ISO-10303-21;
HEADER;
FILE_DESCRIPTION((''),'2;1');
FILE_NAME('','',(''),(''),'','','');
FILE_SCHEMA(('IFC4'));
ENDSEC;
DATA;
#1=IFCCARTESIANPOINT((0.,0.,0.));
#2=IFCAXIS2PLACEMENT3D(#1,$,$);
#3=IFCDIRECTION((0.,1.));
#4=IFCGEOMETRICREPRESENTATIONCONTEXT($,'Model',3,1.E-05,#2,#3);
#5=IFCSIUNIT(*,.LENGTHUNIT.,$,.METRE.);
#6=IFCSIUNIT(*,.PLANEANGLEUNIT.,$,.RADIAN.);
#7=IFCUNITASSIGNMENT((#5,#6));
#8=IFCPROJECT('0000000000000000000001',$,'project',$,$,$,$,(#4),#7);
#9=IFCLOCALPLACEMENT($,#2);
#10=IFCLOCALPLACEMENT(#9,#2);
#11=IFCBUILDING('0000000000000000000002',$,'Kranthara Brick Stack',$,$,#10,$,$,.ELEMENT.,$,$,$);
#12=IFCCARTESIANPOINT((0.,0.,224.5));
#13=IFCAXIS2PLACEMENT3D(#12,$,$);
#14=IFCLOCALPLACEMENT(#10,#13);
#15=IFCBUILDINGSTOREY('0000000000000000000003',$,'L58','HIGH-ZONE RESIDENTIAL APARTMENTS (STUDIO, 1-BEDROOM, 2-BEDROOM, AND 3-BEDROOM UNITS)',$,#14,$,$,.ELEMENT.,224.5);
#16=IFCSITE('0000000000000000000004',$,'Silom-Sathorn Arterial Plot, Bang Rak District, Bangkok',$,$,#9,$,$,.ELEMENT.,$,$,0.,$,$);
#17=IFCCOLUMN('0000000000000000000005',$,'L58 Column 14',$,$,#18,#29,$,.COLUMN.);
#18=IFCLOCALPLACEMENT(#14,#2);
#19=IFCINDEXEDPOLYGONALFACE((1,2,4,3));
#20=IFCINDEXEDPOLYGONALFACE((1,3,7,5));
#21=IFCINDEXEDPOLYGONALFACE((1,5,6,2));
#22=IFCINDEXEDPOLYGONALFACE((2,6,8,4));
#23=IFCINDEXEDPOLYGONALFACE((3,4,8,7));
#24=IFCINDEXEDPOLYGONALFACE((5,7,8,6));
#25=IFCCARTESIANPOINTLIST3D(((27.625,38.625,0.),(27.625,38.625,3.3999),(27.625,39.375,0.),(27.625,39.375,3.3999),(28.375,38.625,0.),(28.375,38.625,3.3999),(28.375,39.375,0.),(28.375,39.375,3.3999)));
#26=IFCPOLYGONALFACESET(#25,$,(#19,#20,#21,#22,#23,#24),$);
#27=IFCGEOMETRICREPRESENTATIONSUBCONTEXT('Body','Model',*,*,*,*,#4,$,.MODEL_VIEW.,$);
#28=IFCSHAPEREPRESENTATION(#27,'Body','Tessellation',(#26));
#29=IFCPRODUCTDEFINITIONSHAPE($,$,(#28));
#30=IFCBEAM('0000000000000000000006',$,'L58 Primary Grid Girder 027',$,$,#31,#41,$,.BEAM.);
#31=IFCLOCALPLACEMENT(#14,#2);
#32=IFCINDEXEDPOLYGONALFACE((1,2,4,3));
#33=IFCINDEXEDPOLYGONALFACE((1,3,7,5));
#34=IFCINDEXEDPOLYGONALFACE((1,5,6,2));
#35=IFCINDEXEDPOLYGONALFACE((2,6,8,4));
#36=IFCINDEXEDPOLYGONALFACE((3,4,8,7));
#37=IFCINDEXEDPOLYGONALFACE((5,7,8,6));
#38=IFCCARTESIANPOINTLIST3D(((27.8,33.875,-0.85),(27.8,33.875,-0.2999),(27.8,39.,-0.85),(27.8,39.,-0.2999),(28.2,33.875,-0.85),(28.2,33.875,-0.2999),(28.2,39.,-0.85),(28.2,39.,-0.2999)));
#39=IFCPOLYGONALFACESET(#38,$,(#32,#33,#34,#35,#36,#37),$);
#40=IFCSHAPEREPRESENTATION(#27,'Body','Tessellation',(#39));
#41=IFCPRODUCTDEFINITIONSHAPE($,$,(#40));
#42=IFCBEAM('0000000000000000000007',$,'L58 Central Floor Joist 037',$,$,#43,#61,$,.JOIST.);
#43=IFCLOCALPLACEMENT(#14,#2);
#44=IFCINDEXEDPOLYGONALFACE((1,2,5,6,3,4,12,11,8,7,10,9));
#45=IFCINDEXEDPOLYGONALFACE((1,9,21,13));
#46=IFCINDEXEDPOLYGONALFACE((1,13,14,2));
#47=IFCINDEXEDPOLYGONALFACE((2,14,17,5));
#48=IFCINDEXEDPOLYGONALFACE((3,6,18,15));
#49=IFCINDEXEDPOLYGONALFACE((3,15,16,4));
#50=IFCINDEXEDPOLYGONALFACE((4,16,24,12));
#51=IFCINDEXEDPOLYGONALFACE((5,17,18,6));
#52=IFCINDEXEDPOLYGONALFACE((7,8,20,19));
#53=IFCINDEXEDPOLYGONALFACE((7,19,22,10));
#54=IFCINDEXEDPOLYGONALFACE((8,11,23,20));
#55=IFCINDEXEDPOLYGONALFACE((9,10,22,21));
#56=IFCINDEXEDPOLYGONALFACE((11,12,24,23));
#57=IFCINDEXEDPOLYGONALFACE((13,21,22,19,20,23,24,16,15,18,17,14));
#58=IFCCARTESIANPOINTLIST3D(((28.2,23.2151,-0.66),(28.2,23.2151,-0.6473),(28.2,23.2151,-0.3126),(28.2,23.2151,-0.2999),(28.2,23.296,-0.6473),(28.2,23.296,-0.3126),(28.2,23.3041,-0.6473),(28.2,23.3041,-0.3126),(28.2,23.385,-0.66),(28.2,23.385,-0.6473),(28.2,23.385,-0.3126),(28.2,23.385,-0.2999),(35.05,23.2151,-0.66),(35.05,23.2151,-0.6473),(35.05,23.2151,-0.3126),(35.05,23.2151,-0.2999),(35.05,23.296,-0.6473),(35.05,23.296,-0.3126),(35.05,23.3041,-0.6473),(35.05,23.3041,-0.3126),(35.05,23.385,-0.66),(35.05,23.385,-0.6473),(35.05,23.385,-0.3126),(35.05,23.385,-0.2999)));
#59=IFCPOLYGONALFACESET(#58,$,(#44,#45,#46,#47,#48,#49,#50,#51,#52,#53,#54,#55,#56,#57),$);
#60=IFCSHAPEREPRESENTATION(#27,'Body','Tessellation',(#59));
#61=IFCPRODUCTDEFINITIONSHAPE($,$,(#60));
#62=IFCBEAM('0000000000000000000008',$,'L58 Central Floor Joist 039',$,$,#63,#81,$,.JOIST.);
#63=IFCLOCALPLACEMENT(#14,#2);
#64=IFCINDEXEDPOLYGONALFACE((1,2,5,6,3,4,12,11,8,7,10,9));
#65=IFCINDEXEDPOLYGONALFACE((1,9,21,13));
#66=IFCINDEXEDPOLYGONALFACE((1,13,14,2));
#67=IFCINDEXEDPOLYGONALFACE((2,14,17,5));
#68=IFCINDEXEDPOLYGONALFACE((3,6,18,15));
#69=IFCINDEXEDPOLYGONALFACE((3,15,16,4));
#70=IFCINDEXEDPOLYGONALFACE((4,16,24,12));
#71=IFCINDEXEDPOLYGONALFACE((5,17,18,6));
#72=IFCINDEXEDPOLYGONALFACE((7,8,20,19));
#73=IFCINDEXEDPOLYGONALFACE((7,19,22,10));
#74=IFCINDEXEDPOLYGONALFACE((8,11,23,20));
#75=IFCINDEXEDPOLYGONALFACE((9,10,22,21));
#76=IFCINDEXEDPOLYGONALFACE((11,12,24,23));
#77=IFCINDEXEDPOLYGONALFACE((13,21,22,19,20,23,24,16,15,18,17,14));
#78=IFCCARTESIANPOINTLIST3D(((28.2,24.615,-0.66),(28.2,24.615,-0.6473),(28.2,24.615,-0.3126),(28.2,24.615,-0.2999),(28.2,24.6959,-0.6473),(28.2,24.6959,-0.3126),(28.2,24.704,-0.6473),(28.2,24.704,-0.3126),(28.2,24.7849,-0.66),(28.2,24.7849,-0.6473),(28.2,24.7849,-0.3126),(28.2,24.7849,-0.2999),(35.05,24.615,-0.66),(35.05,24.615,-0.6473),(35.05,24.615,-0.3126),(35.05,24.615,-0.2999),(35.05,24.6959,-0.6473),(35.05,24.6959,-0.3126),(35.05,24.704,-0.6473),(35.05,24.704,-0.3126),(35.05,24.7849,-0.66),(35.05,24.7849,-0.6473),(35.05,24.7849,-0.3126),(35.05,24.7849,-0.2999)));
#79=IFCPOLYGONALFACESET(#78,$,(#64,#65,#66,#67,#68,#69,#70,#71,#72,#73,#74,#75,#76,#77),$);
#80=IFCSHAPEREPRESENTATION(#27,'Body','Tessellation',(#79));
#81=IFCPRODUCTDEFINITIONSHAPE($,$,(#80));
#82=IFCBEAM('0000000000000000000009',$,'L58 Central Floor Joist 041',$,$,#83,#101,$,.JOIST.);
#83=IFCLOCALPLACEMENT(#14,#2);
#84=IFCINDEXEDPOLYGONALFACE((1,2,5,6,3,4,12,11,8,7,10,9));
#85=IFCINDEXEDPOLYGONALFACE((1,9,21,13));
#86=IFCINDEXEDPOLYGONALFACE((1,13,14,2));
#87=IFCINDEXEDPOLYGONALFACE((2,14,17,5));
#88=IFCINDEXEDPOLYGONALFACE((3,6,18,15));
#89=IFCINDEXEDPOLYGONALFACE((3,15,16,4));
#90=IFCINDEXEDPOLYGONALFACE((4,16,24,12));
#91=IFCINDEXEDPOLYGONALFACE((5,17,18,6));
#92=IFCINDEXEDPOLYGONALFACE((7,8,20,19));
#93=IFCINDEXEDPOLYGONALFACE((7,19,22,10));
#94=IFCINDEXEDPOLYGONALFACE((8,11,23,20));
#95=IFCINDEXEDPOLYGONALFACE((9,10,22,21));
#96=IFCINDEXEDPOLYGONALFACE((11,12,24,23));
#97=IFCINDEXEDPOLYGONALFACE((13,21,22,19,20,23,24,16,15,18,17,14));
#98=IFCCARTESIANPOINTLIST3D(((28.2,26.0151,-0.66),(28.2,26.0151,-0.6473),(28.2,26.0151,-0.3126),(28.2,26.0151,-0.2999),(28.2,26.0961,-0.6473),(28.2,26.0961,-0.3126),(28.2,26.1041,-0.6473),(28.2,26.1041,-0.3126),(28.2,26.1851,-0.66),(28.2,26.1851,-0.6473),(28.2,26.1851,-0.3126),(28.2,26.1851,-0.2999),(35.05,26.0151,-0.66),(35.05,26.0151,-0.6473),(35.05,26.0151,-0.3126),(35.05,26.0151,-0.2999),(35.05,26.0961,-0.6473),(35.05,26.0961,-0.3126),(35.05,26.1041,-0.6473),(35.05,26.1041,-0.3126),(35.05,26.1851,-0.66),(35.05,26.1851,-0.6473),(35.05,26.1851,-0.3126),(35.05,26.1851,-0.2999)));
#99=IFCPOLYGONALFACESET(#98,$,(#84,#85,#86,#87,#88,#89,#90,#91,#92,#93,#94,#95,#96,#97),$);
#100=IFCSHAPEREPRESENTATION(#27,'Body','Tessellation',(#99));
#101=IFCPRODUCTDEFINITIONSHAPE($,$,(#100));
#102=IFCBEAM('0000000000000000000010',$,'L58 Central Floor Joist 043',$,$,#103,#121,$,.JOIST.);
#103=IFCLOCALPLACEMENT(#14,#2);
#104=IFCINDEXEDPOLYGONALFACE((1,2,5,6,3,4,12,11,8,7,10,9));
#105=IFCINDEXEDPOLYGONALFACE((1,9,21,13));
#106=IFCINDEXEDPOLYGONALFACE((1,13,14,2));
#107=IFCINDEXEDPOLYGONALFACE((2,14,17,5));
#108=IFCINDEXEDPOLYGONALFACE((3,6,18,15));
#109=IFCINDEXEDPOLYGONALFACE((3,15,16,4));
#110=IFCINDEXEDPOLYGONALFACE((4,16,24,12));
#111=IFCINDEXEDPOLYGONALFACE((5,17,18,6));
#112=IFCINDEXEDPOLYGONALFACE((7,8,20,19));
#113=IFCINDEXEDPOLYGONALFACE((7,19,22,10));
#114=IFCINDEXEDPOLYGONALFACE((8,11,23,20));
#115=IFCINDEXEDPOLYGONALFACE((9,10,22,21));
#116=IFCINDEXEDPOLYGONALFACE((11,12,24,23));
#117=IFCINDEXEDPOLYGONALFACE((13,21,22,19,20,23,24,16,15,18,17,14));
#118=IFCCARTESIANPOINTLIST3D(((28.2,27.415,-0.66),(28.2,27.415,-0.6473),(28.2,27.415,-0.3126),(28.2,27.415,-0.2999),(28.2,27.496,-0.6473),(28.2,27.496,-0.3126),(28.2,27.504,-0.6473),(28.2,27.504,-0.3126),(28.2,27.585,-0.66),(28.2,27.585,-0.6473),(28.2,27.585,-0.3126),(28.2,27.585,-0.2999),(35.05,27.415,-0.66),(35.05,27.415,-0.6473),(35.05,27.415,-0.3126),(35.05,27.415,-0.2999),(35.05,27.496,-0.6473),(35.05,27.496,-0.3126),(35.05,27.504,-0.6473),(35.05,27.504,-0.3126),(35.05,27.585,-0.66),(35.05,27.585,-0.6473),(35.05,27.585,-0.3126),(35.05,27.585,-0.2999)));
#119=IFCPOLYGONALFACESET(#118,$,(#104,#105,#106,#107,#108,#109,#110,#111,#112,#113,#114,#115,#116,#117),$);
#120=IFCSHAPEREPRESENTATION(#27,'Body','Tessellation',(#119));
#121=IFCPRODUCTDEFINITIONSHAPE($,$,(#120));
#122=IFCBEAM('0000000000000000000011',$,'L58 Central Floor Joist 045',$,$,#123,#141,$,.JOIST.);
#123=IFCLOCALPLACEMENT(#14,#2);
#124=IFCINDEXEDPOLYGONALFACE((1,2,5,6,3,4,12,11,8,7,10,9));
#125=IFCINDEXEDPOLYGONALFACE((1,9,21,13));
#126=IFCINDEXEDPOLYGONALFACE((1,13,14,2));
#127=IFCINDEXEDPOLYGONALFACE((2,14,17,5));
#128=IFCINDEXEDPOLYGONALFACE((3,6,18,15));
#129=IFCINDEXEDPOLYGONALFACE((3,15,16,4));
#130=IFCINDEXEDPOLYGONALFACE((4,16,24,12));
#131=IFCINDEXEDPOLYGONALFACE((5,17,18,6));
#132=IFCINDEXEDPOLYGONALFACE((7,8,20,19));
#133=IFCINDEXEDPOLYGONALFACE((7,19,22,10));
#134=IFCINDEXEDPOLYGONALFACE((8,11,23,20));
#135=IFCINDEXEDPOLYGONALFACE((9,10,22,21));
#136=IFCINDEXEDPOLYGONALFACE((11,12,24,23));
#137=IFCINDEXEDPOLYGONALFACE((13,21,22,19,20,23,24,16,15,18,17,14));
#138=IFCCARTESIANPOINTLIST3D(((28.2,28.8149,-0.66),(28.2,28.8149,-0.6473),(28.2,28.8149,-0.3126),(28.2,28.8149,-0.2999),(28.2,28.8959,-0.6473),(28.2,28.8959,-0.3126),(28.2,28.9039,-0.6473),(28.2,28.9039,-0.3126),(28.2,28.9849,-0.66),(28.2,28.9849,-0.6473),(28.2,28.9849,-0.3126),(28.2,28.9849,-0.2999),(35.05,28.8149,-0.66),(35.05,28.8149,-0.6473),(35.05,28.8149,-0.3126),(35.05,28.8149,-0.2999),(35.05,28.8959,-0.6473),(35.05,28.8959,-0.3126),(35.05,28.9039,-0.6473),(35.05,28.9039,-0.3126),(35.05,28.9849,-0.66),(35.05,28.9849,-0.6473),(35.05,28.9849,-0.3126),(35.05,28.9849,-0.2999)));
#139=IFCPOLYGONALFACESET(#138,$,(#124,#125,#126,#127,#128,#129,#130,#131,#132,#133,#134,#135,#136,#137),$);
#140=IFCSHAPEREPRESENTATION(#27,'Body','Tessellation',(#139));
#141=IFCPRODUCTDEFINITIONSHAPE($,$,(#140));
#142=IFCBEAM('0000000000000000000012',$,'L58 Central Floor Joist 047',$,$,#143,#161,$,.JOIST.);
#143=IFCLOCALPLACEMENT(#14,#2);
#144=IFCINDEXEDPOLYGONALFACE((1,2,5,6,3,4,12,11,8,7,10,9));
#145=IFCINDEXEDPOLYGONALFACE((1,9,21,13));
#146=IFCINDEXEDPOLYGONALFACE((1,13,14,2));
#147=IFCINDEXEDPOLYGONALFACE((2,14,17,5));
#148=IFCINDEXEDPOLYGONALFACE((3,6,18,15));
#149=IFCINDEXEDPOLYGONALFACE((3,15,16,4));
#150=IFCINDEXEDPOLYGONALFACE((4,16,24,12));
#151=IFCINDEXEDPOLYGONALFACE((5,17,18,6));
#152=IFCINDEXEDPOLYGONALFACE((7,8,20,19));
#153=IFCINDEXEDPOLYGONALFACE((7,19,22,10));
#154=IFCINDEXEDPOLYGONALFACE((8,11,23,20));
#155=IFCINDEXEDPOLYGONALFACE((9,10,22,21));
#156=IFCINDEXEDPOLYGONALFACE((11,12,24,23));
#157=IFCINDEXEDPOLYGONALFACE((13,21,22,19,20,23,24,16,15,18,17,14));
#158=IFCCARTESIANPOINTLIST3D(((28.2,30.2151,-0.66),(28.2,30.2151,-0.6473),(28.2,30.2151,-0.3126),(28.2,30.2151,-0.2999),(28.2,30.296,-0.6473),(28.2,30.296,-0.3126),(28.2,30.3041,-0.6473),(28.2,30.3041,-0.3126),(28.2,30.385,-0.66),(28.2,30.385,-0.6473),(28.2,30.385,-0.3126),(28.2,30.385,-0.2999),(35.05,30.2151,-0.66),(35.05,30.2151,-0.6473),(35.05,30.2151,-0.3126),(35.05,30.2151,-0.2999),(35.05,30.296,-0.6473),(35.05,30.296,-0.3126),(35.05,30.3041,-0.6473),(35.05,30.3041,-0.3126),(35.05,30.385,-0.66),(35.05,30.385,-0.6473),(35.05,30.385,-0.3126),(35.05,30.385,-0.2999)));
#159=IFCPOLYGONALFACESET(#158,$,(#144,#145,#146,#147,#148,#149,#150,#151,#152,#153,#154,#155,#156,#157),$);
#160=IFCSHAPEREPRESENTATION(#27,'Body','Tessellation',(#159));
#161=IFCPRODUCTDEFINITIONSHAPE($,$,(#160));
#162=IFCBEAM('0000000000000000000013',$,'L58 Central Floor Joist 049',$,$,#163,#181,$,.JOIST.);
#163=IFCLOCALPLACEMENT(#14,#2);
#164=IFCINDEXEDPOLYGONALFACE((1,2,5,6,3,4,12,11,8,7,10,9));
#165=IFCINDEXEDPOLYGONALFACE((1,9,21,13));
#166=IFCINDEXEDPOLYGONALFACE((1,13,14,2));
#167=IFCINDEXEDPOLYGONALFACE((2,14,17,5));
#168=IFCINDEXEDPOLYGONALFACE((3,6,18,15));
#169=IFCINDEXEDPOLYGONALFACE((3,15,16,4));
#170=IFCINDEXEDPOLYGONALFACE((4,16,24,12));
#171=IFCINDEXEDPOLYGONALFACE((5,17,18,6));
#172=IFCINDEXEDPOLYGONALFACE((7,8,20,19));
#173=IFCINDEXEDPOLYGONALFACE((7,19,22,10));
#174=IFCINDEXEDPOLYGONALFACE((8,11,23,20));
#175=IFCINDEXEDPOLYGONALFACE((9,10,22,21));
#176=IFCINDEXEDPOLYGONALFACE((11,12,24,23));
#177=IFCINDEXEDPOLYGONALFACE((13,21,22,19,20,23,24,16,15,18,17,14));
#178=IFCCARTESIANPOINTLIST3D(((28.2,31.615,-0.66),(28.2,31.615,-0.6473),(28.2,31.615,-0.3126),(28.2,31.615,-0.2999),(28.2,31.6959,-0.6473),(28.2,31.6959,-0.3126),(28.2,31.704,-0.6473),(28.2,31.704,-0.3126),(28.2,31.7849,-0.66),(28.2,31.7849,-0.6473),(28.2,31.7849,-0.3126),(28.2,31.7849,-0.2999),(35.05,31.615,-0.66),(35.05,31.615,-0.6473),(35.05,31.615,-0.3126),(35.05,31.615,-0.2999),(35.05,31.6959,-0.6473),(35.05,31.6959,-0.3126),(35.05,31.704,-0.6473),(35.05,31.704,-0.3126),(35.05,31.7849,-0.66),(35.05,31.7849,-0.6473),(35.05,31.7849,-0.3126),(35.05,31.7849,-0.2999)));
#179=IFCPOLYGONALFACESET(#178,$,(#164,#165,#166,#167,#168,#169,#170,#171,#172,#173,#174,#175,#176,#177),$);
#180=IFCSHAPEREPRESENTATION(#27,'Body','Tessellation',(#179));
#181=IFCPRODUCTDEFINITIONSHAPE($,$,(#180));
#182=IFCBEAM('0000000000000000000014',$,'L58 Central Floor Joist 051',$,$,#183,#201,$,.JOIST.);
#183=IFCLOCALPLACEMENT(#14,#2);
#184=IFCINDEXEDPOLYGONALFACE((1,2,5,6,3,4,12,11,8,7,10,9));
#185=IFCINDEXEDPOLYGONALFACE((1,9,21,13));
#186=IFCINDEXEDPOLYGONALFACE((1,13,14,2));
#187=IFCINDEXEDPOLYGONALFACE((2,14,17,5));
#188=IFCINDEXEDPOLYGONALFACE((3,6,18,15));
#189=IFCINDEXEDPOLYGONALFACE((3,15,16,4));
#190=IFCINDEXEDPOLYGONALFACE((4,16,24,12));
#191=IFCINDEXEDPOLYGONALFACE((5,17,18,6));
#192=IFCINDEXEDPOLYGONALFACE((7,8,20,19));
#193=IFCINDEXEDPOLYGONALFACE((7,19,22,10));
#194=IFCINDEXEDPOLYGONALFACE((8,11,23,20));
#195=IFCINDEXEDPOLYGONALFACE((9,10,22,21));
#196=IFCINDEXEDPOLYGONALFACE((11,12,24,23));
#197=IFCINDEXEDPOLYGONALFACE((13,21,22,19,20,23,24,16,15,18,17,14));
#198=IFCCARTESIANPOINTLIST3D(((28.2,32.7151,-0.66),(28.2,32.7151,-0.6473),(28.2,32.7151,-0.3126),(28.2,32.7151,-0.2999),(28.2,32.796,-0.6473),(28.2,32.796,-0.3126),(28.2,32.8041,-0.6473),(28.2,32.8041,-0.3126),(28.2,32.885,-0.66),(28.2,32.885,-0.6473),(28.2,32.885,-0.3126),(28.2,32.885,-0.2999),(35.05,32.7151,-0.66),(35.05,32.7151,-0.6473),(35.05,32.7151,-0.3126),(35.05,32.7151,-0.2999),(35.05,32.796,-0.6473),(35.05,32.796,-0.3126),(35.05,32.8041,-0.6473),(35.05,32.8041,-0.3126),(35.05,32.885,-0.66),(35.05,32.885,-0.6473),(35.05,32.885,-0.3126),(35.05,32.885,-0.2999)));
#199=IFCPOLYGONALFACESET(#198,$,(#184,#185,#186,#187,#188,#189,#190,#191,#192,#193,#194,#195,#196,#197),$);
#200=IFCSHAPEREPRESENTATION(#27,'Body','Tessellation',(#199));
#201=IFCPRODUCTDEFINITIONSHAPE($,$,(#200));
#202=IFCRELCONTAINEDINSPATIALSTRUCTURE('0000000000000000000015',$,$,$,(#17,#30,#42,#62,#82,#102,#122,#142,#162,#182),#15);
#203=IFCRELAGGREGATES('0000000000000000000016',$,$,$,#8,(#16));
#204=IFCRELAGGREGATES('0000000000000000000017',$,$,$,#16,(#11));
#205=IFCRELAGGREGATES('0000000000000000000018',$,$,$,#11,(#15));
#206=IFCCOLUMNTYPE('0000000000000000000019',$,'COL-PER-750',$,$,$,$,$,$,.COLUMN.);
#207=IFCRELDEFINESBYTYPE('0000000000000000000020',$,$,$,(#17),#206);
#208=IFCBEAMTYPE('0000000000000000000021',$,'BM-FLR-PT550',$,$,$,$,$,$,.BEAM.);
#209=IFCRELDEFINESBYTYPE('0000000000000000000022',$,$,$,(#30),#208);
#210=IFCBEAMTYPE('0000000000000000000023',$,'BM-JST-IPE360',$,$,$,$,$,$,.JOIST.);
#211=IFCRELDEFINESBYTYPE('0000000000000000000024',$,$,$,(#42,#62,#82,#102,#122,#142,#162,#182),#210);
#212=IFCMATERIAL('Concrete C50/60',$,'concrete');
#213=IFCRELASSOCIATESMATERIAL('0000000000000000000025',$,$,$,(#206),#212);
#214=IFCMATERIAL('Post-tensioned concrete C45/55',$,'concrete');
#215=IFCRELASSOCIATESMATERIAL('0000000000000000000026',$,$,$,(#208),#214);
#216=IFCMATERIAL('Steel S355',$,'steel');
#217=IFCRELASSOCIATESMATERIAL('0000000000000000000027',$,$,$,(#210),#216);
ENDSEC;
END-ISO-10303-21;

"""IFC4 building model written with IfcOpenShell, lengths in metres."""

from ifc_helpers import new_model, si_unit, direction, frame, origin, origin_2d, place, context, subcontext, project, spatial, rectangle, i_section, extrude, material, material_profile, profile_set, type_object, element, save


model = new_model("IFC4")

# Units and contexts
model_context = context("Model", 3, precision=1e-05, world=origin(), true_north=direction((0.0, 1.0)))
body_context = subcontext(model_context, "Body", "Model", "MODEL_VIEW")
ifc_project = project(units=[si_unit("LENGTHUNIT", "METRE"), si_unit("PLANEANGLEUNIT", "RADIAN")], contexts=[model_context])

# Site, building, storey
site_placement = place(None, origin())
site = spatial("IfcSite", under=ifc_project, at=site_placement, Name="Silom-Sathorn Arterial Plot, Bang Rak District, Bangkok", CompositionType="ELEMENT", RefElevation=0.0)
building_placement = place(site_placement, origin())
building = spatial("IfcBuilding", under=site, at=building_placement, Name="Kranthara Brick Stack", CompositionType="ELEMENT")
storey_placement = place(building_placement, frame((0.0, 0.0, 224.5)))
storey = spatial("IfcBuildingStorey", under=building, at=storey_placement, Name="L58", Description="HIGH-ZONE RESIDENTIAL APARTMENTS (STUDIO, 1-BEDROOM, 2-BEDROOM, AND 3-BEDROOM UNITS)", CompositionType="ELEMENT", Elevation=224.5)

# Column
ifc_material_1 = material(Name="Concrete C50/60", Category="concrete")
ifc_material_profile_1 = material_profile(ifc_material_1, rectangle(XDim=0.75, YDim=0.75, at=origin_2d()), Name="RC 750x750")
ifc_profile_set_1 = profile_set([ifc_material_profile_1], Name="Concrete C50/60")
column_type = type_object("IfcColumnType", Name="COL-PER-750", PredefinedType="COLUMN", material=ifc_profile_set_1)
column_placement = place(storey_placement, frame((28.0, 39.0, 0.0), z_axis=(0.0, 0.0, 1.0), x_axis=(1.0, 0.0, 0.0)))
element("IfcColumn", 1, at=column_placement, inside=storey, type_object=column_type, Name="L58 Column 14", PredefinedType="COLUMN", context=body_context, shape_type="SweptSolid", body=[
    extrude(rectangle(XDim=0.75, YDim=0.75, at=origin_2d()), origin(), (0.0, 0.0, 1.0), 3.3999),
])

# Beams
ifc_material_2 = material(Name="Post-tensioned concrete C45/55", Category="concrete")
ifc_material_profile_2 = material_profile(ifc_material_2, rectangle(XDim=0.3999, YDim=0.55, at=origin_2d()), Name="PT 400x550")
ifc_profile_set_2 = profile_set([ifc_material_profile_2], Name="Post-tensioned concrete C45/55")
beam_type_1 = type_object("IfcBeamType", Name="BM-FLR-PT550", PredefinedType="BEAM", material=ifc_profile_set_2)
beam_1_placement = place(storey_placement, frame((28.0, 33.875, -0.575), z_axis=(0.0, 1.0, 0.0), x_axis=(-1.0, 0.0, 0.0)))
element("IfcBeam", 2, at=beam_1_placement, inside=storey, type_object=beam_type_1, Name="L58 Primary Grid Girder 027", PredefinedType="BEAM", context=body_context, shape_type="SweptSolid", body=[
    extrude(rectangle(XDim=0.3999, YDim=0.55, at=origin_2d()), origin(), (0.0, 0.0, 1.0), 5.125),
])
ifc_material_3 = material(Name="Steel S355", Category="steel")
ifc_material_profile_3 = material_profile(ifc_material_3, i_section(OverallWidth=0.1699, OverallDepth=0.3601, WebThickness=0.0081, FlangeThickness=0.0127, at=origin_2d()), Name="IPE 360")
ifc_profile_set_3 = profile_set([ifc_material_profile_3], Name="Steel S355")
beam_type_2 = type_object("IfcBeamType", Name="BM-JST-IPE360", PredefinedType="JOIST", material=ifc_profile_set_3)
for number, where, z_axis, x_axis, name in (
    (3, (28.2, 23.3, -0.48), (1.0, 0.0, 0.0), (0.0, 1.0, 0.0), "L58 Central Floor Joist 037"),
    (4, (28.2, 24.7, -0.48), (1.0, 0.0, 0.0), (0.0, 1.0, 0.0), "L58 Central Floor Joist 039"),
    (5, (28.2, 26.1001, -0.48), (1.0, 0.0, 0.0), (0.0, 1.0, 0.0), "L58 Central Floor Joist 041"),
    (6, (28.2, 27.5, -0.48), (1.0, 0.0, 0.0), (0.0, 1.0, 0.0), "L58 Central Floor Joist 043"),
    (7, (28.2, 28.8999, -0.48), (1.0, 0.0, 0.0), (0.0, 1.0, 0.0), "L58 Central Floor Joist 045"),
    (8, (28.2, 30.3, -0.48), (1.0, 0.0, 0.0), (0.0, 1.0, 0.0), "L58 Central Floor Joist 047"),
    (9, (28.2, 31.7, -0.48), (1.0, 0.0, 0.0), (0.0, 1.0, 0.0), "L58 Central Floor Joist 049"),
    (10, (28.2, 32.8, -0.48), (1.0, 0.0, 0.0), (0.0, 1.0, 0.0), "L58 Central Floor Joist 051"),
):
    element("IfcBeam", number, at=place(storey_placement, frame(where, z_axis=z_axis, x_axis=x_axis)), inside=storey, type_object=beam_type_2, Name=name, PredefinedType="JOIST", context=body_context, shape_type="SweptSolid", body=[
        extrude(i_section(OverallWidth=0.1699, OverallDepth=0.3601, WebThickness=0.0081, FlangeThickness=0.0127, at=origin_2d()), origin(), (0.0, 0.0, 1.0), 6.8501),
    ])

save(model, "model.ifc")
